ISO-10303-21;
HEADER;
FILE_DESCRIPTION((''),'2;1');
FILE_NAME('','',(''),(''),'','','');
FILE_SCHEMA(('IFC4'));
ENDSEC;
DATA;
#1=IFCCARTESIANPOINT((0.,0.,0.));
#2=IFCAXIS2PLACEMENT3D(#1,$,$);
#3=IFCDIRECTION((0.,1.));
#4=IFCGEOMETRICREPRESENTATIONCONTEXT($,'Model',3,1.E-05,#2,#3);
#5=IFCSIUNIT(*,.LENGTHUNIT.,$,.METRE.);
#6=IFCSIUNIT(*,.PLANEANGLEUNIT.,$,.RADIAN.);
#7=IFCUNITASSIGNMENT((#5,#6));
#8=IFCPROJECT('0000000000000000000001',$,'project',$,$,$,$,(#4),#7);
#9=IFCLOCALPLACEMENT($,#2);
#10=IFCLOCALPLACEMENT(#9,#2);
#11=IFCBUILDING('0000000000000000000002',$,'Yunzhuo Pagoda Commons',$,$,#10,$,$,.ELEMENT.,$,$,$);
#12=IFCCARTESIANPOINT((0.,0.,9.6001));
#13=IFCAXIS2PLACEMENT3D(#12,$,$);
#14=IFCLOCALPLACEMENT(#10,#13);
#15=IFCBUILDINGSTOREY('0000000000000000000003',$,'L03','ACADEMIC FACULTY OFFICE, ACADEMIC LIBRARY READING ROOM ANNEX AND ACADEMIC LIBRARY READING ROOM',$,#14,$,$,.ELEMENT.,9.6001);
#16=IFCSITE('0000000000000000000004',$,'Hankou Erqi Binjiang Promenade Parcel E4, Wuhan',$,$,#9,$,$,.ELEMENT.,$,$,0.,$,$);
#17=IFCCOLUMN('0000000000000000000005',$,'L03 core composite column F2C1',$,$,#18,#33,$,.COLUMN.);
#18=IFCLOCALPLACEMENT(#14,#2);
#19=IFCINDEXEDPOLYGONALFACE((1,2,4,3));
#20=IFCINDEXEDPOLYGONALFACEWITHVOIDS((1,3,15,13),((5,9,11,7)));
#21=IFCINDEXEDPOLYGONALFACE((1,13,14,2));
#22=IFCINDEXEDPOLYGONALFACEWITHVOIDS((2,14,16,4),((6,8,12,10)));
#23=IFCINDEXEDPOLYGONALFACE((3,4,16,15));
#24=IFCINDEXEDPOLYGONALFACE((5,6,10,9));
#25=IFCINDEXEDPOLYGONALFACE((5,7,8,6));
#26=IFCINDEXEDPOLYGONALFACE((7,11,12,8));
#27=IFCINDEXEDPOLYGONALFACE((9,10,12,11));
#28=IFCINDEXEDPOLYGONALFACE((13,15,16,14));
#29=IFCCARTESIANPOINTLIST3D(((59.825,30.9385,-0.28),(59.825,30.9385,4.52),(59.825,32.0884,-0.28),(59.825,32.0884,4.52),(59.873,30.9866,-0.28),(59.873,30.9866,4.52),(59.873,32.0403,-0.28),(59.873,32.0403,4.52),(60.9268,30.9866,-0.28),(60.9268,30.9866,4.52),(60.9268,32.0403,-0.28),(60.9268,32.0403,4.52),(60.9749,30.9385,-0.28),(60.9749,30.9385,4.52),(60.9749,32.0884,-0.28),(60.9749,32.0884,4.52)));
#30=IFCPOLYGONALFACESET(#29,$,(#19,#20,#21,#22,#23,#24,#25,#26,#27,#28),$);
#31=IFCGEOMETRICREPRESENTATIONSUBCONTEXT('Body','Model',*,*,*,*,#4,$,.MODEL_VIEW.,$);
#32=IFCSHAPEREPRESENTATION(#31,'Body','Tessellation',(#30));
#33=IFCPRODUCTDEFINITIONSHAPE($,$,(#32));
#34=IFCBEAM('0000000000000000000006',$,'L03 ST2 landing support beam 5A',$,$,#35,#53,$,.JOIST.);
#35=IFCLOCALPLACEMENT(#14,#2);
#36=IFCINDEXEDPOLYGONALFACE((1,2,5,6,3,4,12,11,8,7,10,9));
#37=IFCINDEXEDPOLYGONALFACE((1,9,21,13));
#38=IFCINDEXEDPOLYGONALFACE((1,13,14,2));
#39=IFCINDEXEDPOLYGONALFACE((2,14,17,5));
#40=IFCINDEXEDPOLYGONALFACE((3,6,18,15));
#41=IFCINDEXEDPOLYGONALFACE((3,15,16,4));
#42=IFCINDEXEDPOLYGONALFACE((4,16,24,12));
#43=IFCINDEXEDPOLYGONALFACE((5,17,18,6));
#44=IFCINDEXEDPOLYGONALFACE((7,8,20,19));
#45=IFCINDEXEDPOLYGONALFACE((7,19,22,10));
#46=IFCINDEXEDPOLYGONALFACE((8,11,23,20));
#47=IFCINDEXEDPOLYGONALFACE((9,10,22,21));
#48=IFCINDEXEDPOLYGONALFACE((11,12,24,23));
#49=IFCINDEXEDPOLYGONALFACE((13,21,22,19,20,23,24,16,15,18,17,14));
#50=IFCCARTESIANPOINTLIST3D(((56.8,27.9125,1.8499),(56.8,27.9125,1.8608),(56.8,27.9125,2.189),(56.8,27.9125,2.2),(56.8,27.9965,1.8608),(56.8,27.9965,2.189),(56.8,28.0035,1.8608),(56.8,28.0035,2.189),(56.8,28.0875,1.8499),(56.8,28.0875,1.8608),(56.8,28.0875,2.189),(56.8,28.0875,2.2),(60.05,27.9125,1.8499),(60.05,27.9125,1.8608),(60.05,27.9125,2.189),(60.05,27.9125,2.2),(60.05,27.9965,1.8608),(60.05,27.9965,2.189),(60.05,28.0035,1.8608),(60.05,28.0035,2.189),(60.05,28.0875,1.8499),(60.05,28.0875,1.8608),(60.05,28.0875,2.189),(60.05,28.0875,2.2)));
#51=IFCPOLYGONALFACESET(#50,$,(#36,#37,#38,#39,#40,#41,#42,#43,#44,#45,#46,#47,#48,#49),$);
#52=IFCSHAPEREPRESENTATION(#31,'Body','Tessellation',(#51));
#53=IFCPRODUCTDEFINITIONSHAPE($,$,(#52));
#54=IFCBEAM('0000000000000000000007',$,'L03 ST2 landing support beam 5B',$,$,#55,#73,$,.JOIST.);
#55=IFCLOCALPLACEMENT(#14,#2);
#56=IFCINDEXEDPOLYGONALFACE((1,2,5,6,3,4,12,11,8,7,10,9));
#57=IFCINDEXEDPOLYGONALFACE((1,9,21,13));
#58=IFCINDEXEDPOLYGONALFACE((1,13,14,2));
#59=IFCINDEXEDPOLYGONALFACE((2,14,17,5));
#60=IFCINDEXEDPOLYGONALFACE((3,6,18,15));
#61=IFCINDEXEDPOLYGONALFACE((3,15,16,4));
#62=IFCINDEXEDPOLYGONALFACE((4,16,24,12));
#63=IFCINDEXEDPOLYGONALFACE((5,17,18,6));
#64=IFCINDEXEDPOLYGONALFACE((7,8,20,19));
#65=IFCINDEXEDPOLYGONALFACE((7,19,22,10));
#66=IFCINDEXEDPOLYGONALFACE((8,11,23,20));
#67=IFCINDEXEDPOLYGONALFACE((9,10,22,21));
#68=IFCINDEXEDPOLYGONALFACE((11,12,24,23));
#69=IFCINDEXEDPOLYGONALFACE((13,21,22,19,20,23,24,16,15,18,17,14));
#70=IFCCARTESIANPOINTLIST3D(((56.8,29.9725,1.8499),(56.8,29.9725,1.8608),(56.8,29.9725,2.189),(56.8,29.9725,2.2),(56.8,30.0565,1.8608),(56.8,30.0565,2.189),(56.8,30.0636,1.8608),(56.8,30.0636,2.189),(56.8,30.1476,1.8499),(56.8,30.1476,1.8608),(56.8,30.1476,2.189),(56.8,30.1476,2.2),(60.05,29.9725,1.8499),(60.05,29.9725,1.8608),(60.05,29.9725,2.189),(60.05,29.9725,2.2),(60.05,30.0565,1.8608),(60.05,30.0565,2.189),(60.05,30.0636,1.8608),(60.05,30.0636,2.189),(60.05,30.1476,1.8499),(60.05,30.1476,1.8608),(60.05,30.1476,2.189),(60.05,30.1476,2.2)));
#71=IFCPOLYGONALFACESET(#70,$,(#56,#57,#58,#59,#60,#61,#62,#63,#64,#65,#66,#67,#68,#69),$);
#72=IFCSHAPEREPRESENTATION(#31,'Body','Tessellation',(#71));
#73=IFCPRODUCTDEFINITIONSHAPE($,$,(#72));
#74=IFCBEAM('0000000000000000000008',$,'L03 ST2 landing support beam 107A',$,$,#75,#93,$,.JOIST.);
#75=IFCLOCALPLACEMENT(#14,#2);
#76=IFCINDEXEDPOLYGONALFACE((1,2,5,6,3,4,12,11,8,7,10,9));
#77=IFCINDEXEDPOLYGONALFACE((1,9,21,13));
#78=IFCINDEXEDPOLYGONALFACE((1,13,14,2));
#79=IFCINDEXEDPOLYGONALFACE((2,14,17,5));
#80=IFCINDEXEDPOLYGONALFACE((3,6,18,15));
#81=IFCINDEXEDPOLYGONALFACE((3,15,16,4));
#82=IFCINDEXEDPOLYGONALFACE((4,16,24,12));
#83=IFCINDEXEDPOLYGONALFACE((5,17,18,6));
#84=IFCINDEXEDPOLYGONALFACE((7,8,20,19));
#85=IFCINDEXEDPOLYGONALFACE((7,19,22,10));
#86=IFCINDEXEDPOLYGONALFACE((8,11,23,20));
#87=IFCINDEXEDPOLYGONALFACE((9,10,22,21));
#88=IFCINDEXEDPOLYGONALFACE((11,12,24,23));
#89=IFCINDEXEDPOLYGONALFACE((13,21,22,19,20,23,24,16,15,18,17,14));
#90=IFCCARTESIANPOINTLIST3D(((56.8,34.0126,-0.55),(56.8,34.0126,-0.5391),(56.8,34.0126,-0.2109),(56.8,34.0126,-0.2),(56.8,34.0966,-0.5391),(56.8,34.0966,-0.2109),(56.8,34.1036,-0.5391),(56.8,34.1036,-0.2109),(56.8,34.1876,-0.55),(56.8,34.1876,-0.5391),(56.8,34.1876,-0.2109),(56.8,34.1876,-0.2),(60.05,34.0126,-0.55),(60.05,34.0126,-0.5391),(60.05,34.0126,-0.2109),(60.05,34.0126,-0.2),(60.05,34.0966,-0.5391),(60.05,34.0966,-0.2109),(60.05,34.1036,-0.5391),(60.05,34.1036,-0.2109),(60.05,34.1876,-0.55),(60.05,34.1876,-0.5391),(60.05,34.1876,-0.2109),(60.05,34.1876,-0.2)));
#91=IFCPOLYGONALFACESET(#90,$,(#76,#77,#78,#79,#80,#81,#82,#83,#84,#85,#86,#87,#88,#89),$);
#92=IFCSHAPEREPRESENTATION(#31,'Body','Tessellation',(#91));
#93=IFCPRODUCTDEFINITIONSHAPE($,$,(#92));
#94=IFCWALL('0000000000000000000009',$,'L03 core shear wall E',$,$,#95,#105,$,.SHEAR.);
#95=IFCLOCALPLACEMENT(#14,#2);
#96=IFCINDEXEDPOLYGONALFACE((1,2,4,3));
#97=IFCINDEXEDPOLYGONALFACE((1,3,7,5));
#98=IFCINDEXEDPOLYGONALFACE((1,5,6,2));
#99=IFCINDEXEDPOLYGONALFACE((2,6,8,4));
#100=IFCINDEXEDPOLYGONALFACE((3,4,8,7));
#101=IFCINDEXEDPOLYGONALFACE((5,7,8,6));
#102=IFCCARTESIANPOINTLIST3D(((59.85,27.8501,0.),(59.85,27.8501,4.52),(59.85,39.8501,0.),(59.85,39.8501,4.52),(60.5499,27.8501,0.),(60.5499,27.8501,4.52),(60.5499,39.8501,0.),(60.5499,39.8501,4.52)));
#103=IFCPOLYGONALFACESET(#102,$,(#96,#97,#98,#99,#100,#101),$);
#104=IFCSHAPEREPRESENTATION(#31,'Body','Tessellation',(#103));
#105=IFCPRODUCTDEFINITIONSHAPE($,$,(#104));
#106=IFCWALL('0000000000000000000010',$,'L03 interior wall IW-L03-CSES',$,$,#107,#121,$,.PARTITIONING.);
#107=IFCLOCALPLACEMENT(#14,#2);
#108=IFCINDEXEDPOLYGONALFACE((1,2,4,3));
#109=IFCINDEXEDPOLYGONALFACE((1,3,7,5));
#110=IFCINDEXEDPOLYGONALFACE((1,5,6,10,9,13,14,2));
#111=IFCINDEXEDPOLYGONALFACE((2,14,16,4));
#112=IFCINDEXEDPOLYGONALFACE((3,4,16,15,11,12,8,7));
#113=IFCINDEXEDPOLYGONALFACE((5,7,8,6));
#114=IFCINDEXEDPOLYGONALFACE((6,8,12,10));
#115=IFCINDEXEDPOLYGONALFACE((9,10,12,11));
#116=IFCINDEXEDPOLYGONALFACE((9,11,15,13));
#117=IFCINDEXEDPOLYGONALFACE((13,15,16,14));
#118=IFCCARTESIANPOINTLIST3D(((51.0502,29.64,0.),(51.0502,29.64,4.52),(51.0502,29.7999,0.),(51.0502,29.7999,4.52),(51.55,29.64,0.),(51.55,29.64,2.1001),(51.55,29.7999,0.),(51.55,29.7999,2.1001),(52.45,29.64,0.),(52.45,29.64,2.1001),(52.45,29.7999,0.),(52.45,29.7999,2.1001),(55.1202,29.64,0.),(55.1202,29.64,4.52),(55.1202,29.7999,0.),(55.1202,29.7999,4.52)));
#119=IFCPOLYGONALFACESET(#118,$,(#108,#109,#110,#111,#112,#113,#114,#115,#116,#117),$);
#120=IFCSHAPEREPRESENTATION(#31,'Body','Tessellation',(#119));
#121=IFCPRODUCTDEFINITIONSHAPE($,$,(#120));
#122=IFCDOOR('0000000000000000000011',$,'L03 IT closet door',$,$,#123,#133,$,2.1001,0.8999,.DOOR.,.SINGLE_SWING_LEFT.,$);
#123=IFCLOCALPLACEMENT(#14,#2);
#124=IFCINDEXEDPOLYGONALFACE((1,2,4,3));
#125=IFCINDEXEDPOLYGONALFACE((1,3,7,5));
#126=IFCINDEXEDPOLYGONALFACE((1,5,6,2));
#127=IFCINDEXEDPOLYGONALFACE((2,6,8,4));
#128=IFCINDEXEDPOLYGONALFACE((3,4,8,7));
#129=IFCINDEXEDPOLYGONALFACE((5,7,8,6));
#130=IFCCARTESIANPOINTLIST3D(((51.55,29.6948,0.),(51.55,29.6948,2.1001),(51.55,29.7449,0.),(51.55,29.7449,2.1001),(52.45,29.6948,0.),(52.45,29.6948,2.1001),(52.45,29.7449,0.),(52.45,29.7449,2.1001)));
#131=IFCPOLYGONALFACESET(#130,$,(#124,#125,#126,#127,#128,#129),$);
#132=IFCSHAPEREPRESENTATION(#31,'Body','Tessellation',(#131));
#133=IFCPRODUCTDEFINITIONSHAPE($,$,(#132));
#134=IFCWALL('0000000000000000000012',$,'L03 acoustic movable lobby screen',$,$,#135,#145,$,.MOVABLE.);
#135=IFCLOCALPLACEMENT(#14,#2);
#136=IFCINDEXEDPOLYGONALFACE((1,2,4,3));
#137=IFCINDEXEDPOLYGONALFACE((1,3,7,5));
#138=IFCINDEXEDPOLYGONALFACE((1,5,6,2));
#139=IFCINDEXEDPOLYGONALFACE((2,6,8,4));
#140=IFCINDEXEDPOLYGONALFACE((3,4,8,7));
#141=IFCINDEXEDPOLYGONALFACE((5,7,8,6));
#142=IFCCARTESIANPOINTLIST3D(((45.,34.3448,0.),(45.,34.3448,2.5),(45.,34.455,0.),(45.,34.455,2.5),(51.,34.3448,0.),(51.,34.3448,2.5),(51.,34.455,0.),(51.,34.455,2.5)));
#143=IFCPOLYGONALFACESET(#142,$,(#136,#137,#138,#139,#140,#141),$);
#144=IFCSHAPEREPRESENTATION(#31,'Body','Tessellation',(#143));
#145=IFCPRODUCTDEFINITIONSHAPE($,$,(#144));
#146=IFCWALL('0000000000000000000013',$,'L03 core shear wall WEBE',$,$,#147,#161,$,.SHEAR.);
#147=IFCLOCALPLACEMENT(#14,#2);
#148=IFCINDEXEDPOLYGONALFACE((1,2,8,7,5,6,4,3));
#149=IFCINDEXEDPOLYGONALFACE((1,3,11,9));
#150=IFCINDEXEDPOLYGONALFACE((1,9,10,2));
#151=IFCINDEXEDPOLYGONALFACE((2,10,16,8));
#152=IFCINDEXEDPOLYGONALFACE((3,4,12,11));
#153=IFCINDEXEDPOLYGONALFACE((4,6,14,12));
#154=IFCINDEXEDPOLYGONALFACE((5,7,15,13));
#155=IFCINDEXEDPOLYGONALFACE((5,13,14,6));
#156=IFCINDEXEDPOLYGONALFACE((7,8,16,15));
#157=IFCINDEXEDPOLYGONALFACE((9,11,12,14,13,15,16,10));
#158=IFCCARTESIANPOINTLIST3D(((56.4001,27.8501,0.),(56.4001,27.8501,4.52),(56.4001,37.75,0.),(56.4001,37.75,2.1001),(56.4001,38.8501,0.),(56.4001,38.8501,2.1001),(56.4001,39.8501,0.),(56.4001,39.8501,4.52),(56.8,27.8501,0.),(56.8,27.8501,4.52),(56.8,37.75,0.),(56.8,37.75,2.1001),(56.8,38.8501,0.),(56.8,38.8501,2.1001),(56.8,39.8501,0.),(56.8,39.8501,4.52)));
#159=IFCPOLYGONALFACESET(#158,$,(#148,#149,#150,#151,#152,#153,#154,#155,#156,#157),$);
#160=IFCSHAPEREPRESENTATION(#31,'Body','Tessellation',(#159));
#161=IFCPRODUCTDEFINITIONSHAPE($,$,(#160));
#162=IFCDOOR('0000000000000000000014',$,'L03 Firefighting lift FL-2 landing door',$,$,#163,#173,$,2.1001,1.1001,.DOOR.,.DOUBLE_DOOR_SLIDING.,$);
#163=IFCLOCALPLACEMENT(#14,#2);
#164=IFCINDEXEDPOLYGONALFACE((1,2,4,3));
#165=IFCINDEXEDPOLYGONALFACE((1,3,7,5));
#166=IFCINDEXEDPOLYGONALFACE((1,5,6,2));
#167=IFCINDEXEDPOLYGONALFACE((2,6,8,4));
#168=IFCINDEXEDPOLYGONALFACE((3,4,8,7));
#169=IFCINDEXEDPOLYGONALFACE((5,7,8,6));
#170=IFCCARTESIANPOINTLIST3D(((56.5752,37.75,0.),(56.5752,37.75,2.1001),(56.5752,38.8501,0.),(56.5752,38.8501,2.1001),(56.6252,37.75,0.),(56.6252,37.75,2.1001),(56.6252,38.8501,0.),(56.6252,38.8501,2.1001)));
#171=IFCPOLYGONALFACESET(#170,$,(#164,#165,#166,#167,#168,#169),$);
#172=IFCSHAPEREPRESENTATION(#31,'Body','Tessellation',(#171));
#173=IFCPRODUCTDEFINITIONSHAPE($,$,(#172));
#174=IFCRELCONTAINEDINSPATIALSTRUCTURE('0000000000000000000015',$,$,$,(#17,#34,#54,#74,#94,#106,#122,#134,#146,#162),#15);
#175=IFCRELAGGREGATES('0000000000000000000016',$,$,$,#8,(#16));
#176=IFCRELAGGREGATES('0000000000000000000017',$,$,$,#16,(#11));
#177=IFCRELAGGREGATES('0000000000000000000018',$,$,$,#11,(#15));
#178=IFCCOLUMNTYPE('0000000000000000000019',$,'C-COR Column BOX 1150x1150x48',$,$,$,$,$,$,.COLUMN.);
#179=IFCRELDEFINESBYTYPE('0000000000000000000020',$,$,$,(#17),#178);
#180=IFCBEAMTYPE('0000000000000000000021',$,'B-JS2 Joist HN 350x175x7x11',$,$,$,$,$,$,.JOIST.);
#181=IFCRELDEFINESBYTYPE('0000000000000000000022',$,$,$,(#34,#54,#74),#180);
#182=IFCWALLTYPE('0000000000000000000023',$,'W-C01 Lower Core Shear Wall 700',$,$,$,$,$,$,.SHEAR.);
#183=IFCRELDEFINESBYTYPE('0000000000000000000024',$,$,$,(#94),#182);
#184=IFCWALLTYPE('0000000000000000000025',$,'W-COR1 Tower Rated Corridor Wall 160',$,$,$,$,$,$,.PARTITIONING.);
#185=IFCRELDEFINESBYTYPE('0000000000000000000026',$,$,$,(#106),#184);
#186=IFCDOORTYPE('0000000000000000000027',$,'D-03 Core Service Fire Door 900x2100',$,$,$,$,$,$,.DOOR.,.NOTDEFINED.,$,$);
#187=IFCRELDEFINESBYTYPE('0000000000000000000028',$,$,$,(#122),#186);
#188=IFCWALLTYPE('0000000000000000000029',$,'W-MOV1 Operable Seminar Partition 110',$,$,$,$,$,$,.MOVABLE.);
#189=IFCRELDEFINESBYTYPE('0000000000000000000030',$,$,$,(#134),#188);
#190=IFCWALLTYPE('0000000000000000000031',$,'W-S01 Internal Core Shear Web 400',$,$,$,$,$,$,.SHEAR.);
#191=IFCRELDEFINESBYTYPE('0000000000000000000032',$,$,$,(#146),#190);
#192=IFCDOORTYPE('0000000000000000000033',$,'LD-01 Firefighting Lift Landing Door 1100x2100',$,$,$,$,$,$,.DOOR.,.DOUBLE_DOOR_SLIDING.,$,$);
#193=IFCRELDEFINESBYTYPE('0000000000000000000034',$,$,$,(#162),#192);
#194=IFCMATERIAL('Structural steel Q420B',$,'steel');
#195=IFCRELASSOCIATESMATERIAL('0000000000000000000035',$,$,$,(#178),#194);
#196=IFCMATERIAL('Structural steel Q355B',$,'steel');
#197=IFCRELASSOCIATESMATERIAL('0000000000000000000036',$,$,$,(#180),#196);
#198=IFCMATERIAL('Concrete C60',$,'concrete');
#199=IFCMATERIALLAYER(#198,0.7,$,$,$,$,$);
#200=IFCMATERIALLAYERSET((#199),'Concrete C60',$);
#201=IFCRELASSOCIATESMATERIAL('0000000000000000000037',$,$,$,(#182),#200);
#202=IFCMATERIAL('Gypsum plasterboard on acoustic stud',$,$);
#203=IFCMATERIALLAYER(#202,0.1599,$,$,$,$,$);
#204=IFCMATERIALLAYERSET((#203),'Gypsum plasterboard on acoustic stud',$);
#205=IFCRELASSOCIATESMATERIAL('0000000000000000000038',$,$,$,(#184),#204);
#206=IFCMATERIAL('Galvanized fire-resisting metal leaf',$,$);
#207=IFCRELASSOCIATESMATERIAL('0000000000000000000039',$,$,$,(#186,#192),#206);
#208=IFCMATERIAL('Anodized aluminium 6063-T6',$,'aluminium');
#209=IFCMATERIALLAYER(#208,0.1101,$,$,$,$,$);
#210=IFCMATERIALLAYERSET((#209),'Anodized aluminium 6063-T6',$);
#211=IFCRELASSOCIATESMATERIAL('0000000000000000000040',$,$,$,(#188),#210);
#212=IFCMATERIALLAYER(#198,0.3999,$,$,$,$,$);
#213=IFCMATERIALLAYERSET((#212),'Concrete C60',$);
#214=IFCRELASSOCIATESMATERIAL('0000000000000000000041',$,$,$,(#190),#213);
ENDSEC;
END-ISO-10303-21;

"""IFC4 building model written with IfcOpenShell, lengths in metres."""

from ifc_helpers import new_model, si_unit, direction, frame, frame_2d, origin, origin_with_axes, origin_2d, place, context, subcontext, project, spatial, rectangle, hollow_rectangle, i_section, extrude, source, transform, mapped, material, layer, layer_set, material_profile, profile_set, type_object, element, fill, save


model = new_model("IFC4")

# Units and contexts
model_context = context("Model", 3, precision=1e-05, world=origin(), true_north=direction((0.0, 1.0)))
body_context = subcontext(model_context, "Body", "Model", "MODEL_VIEW")
ifc_project = project(units=[si_unit("LENGTHUNIT", "METRE"), si_unit("PLANEANGLEUNIT", "RADIAN")], contexts=[model_context])

# Site, building, storey
site_placement = place(None, origin())
site = spatial("IfcSite", under=ifc_project, at=site_placement, Name="Hankou Erqi Binjiang Promenade Parcel E4, Wuhan", CompositionType="ELEMENT", RefElevation=0.0)
building_placement = place(site_placement, origin())
building = spatial("IfcBuilding", under=site, at=building_placement, Name="Yunzhuo Pagoda Commons", CompositionType="ELEMENT")
storey_placement = place(building_placement, frame((0.0, 0.0, 9.6001)))
storey = spatial("IfcBuildingStorey", under=building, at=storey_placement, Name="L03", Description="ACADEMIC FACULTY OFFICE, ACADEMIC LIBRARY READING ROOM ANNEX AND ACADEMIC LIBRARY READING ROOM", CompositionType="ELEMENT", Elevation=9.6001)

# Column
ifc_material_1 = material(Name="Structural steel Q420B", Category="steel")
ifc_material_profile_1 = material_profile(ifc_material_1, hollow_rectangle(XDim=1.1499, YDim=1.1499, WallThickness=0.0481, at=origin_2d()), Name="Structural steel Q420B")
ifc_profile_set_1 = profile_set([ifc_material_profile_1], Name="Structural steel Q420B")
column_type = type_object("IfcColumnType", Name="C-COR Column BOX 1150x1150x48", PredefinedType="COLUMN", material=ifc_profile_set_1)
shared_shape_1 = source(origin(), body_context, "Body", "SweptSolid", [
    extrude(hollow_rectangle(XDim=1.1499, YDim=1.1499, WallThickness=0.0481, at=origin_2d()), origin(), (0.0, 0.0, 1.0), 4.8),
])
column_placement = place(storey_placement, frame((60.3999, 31.5134, -0.28), z_axis=(0.0, 0.0, 1.0), x_axis=(1.0, 0.0, 0.0)))
element("IfcColumn", 1, at=column_placement, inside=storey, type_object=column_type, Name="L03 core composite column F2C1", PredefinedType="COLUMN", context=body_context, shape_type="MappedRepresentation", body=[
    mapped(shared_shape_1, transform((0.0, 0.0, 0.0), scale=1.0)),
])

# Beams
ifc_material_2 = material(Name="Structural steel Q355B", Category="steel")
ifc_material_profile_2 = material_profile(ifc_material_2, i_section(OverallWidth=0.175, OverallDepth=0.3501, WebThickness=0.0071, FlangeThickness=0.011, at=origin_2d()), Name="Structural steel Q355B")
ifc_profile_set_2 = profile_set([ifc_material_profile_2], Name="Structural steel Q355B")
beam_type = type_object("IfcBeamType", Name="B-JS2 Joist HN 350x175x7x11", PredefinedType="JOIST", material=ifc_profile_set_2)
shared_shape_2 = source(origin(), body_context, "Body", "SweptSolid", [
    extrude(i_section(OverallWidth=0.175, OverallDepth=0.3501, WebThickness=0.0071, FlangeThickness=0.011, at=origin_2d()), origin(), (0.0, 0.0, 1.0), 3.25),
])
for number, where, z_axis, x_axis, name in (
    (2, (56.8, 28.0, 2.0249), (1.0, 0.0, 0.0), (0.0, 1.0, 0.0), "L03 ST2 landing support beam 5A"),
    (3, (56.8, 30.0601, 2.0249), (1.0, 0.0, 0.0), (0.0, 1.0, 0.0), "L03 ST2 landing support beam 5B"),
    (4, (56.8, 34.1001, -0.375), (1.0, 0.0, 0.0), (0.0, 1.0, 0.0), "L03 ST2 landing support beam 107A"),
):
    element("IfcBeam", number, at=place(storey_placement, frame(where, z_axis=z_axis, x_axis=x_axis)), inside=storey, type_object=beam_type, Name=name, PredefinedType="JOIST", context=body_context, shape_type="MappedRepresentation", body=[
        mapped(shared_shape_2, transform((0.0, 0.0, 0.0), scale=1.0)),
    ])

# Wall
ifc_material_3 = material(Name="Concrete C60", Category="concrete")
ifc_layer_1 = layer(ifc_material_3, 0.7)
ifc_layer_set_1 = layer_set([ifc_layer_1], Name="Concrete C60")
wall_type_1 = type_object("IfcWallType", Name="W-C01 Lower Core Shear Wall 700", PredefinedType="SHEAR", material=ifc_layer_set_1)
wall_1_placement = place(storey_placement, frame((60.2, 27.8501, 0.0), z_axis=(0.0, 0.0, 1.0), x_axis=(0.0, 1.0, 0.0)))
element("IfcWall", 5, at=wall_1_placement, inside=storey, type_object=wall_type_1, Name="L03 core shear wall E", PredefinedType="SHEAR", context=body_context, shape_type="SweptSolid", body=[
    extrude(rectangle(XDim=12.0, YDim=0.7, at=frame_2d((6.0, 0.0))), origin(), (0.0, 0.0, 1.0), 4.52),
])

# Wall, opening, door
ifc_material_4 = material(Name="Gypsum plasterboard on acoustic stud")
ifc_layer_2 = layer(ifc_material_4, 0.1599)
ifc_layer_set_2 = layer_set([ifc_layer_2], Name="Gypsum plasterboard on acoustic stud")
wall_type_2 = type_object("IfcWallType", Name="W-COR1 Tower Rated Corridor Wall 160", PredefinedType="PARTITIONING", material=ifc_layer_set_2)
wall_2_placement = place(storey_placement, frame((51.05, 29.72, 0.0), z_axis=(0.0, 0.0, 1.0), x_axis=(1.0, 0.0, 0.0)))
wall_2 = element("IfcWall", 6, at=wall_2_placement, inside=storey, type_object=wall_type_2, Name="L03 interior wall IW-L03-CSES", PredefinedType="PARTITIONING", context=body_context, shape_type="SweptSolid", body=[
    extrude(rectangle(XDim=4.0701, YDim=0.1599, at=frame_2d((2.0352, 0.0))), origin(), (0.0, 0.0, 1.0), 4.52),
])
opening_1_placement = place(wall_2_placement, frame((0.5, 0.0, 0.0)))
opening_1 = element("IfcOpeningElement", 7, at=opening_1_placement, cuts=wall_2, PredefinedType="OPENING", context=body_context, shape_type="SweptSolid", body=[
    extrude(rectangle(XDim=0.8999, YDim=2.1001, at=frame_2d((0.45, 1.05))), frame((0.0, 0.0898, 0.0), z_axis=(0.0, -1.0, 0.0), x_axis=(1.0, 0.0, 0.0)), (0.0, 0.0, 1.0), 0.1799),
])
ifc_material_5 = material(Name="Galvanized fire-resisting metal leaf")
door_type_1 = type_object("IfcDoorType", Name="D-03 Core Service Fire Door 900x2100", OperationType="NOTDEFINED", PredefinedType="DOOR", material=ifc_material_5)
shared_shape_3 = source(origin(), body_context, "Body", "SweptSolid", [
    extrude(rectangle(XDim=0.8999, YDim=2.1001, at=frame_2d((0.45, 1.05))), frame((0.0, 0.0249, 0.0), z_axis=(0.0, -1.0, 0.0), x_axis=(1.0, 0.0, 0.0)), (0.0, 0.0, 1.0), 0.05),
])
door_1_placement = place(opening_1_placement, origin_with_axes())
door_1 = element("IfcDoor", 8, at=door_1_placement, inside=storey, type_object=door_type_1, Name="L03 IT closet door", OperationType="SINGLE_SWING_LEFT", OverallHeight=2.1001, OverallWidth=0.8999, PredefinedType="DOOR", context=body_context, shape_type="MappedRepresentation", body=[
    mapped(shared_shape_3, transform((0.0, 0.0, 0.0), scale=1.0)),
])
fill(opening_1, door_1)

# Wall
ifc_material_6 = material(Name="Anodized aluminium 6063-T6", Category="aluminium")
ifc_layer_3 = layer(ifc_material_6, 0.1101)
ifc_layer_set_3 = layer_set([ifc_layer_3], Name="Anodized aluminium 6063-T6")
wall_type_3 = type_object("IfcWallType", Name="W-MOV1 Operable Seminar Partition 110", PredefinedType="MOVABLE", material=ifc_layer_set_3)
wall_3_placement = place(storey_placement, frame((45.0, 34.3999, 0.0), z_axis=(0.0, 0.0, 1.0), x_axis=(1.0, 0.0, 0.0)))
element("IfcWall", 9, at=wall_3_placement, inside=storey, type_object=wall_type_3, Name="L03 acoustic movable lobby screen", PredefinedType="MOVABLE", context=body_context, shape_type="SweptSolid", body=[
    extrude(rectangle(XDim=6.0, YDim=0.1101, at=frame_2d((3.0, 0.0))), origin(), (0.0, 0.0, 1.0), 2.5),
])

# Wall, opening, door
ifc_layer_4 = layer(ifc_material_3, 0.3999)
ifc_layer_set_4 = layer_set([ifc_layer_4], Name="Concrete C60")
wall_type_4 = type_object("IfcWallType", Name="W-S01 Internal Core Shear Web 400", PredefinedType="SHEAR", material=ifc_layer_set_4)
wall_4_placement = place(storey_placement, frame((56.6001, 27.8501, 0.0), z_axis=(0.0, 0.0, 1.0), x_axis=(0.0, 1.0, 0.0)))
wall_4 = element("IfcWall", 10, at=wall_4_placement, inside=storey, type_object=wall_type_4, Name="L03 core shear wall WEBE", PredefinedType="SHEAR", context=body_context, shape_type="SweptSolid", body=[
    extrude(rectangle(XDim=12.0, YDim=0.3999, at=frame_2d((6.0, 0.0))), origin(), (0.0, 0.0, 1.0), 4.52),
])
opening_2_placement = place(wall_4_placement, frame((9.8999, 0.0, 0.0)))
opening_2 = element("IfcOpeningElement", 11, at=opening_2_placement, cuts=wall_4, PredefinedType="OPENING", context=body_context, shape_type="SweptSolid", body=[
    extrude(rectangle(XDim=1.1001, YDim=2.1001, at=frame_2d((0.55, 1.05))), frame((0.0, 0.21, 0.0), z_axis=(0.0, -1.0, 0.0), x_axis=(1.0, 0.0, 0.0)), (0.0, 0.0, 1.0), 0.4199),
])
door_type_2 = type_object("IfcDoorType", Name="LD-01 Firefighting Lift Landing Door 1100x2100", OperationType="DOUBLE_DOOR_SLIDING", PredefinedType="DOOR", material=ifc_material_5)
shared_shape_4 = source(origin(), body_context, "Body", "SweptSolid", [
    extrude(rectangle(XDim=1.1001, YDim=2.1001, at=frame_2d((0.55, 1.05))), frame((0.0, 0.0249, 0.0), z_axis=(0.0, -1.0, 0.0), x_axis=(1.0, 0.0, 0.0)), (0.0, 0.0, 1.0), 0.05),
])
door_2_placement = place(opening_2_placement, origin_with_axes())
door_2 = element("IfcDoor", 12, at=door_2_placement, inside=storey, type_object=door_type_2, Name="L03 Firefighting lift FL-2 landing door", OperationType="DOUBLE_DOOR_SLIDING", OverallHeight=2.1001, OverallWidth=1.1001, PredefinedType="DOOR", context=body_context, shape_type="MappedRepresentation", body=[
    mapped(shared_shape_4, transform((0.0, 0.0, 0.0), scale=1.0)),
])
fill(opening_2, door_2)

save(model, "model.ifc")
